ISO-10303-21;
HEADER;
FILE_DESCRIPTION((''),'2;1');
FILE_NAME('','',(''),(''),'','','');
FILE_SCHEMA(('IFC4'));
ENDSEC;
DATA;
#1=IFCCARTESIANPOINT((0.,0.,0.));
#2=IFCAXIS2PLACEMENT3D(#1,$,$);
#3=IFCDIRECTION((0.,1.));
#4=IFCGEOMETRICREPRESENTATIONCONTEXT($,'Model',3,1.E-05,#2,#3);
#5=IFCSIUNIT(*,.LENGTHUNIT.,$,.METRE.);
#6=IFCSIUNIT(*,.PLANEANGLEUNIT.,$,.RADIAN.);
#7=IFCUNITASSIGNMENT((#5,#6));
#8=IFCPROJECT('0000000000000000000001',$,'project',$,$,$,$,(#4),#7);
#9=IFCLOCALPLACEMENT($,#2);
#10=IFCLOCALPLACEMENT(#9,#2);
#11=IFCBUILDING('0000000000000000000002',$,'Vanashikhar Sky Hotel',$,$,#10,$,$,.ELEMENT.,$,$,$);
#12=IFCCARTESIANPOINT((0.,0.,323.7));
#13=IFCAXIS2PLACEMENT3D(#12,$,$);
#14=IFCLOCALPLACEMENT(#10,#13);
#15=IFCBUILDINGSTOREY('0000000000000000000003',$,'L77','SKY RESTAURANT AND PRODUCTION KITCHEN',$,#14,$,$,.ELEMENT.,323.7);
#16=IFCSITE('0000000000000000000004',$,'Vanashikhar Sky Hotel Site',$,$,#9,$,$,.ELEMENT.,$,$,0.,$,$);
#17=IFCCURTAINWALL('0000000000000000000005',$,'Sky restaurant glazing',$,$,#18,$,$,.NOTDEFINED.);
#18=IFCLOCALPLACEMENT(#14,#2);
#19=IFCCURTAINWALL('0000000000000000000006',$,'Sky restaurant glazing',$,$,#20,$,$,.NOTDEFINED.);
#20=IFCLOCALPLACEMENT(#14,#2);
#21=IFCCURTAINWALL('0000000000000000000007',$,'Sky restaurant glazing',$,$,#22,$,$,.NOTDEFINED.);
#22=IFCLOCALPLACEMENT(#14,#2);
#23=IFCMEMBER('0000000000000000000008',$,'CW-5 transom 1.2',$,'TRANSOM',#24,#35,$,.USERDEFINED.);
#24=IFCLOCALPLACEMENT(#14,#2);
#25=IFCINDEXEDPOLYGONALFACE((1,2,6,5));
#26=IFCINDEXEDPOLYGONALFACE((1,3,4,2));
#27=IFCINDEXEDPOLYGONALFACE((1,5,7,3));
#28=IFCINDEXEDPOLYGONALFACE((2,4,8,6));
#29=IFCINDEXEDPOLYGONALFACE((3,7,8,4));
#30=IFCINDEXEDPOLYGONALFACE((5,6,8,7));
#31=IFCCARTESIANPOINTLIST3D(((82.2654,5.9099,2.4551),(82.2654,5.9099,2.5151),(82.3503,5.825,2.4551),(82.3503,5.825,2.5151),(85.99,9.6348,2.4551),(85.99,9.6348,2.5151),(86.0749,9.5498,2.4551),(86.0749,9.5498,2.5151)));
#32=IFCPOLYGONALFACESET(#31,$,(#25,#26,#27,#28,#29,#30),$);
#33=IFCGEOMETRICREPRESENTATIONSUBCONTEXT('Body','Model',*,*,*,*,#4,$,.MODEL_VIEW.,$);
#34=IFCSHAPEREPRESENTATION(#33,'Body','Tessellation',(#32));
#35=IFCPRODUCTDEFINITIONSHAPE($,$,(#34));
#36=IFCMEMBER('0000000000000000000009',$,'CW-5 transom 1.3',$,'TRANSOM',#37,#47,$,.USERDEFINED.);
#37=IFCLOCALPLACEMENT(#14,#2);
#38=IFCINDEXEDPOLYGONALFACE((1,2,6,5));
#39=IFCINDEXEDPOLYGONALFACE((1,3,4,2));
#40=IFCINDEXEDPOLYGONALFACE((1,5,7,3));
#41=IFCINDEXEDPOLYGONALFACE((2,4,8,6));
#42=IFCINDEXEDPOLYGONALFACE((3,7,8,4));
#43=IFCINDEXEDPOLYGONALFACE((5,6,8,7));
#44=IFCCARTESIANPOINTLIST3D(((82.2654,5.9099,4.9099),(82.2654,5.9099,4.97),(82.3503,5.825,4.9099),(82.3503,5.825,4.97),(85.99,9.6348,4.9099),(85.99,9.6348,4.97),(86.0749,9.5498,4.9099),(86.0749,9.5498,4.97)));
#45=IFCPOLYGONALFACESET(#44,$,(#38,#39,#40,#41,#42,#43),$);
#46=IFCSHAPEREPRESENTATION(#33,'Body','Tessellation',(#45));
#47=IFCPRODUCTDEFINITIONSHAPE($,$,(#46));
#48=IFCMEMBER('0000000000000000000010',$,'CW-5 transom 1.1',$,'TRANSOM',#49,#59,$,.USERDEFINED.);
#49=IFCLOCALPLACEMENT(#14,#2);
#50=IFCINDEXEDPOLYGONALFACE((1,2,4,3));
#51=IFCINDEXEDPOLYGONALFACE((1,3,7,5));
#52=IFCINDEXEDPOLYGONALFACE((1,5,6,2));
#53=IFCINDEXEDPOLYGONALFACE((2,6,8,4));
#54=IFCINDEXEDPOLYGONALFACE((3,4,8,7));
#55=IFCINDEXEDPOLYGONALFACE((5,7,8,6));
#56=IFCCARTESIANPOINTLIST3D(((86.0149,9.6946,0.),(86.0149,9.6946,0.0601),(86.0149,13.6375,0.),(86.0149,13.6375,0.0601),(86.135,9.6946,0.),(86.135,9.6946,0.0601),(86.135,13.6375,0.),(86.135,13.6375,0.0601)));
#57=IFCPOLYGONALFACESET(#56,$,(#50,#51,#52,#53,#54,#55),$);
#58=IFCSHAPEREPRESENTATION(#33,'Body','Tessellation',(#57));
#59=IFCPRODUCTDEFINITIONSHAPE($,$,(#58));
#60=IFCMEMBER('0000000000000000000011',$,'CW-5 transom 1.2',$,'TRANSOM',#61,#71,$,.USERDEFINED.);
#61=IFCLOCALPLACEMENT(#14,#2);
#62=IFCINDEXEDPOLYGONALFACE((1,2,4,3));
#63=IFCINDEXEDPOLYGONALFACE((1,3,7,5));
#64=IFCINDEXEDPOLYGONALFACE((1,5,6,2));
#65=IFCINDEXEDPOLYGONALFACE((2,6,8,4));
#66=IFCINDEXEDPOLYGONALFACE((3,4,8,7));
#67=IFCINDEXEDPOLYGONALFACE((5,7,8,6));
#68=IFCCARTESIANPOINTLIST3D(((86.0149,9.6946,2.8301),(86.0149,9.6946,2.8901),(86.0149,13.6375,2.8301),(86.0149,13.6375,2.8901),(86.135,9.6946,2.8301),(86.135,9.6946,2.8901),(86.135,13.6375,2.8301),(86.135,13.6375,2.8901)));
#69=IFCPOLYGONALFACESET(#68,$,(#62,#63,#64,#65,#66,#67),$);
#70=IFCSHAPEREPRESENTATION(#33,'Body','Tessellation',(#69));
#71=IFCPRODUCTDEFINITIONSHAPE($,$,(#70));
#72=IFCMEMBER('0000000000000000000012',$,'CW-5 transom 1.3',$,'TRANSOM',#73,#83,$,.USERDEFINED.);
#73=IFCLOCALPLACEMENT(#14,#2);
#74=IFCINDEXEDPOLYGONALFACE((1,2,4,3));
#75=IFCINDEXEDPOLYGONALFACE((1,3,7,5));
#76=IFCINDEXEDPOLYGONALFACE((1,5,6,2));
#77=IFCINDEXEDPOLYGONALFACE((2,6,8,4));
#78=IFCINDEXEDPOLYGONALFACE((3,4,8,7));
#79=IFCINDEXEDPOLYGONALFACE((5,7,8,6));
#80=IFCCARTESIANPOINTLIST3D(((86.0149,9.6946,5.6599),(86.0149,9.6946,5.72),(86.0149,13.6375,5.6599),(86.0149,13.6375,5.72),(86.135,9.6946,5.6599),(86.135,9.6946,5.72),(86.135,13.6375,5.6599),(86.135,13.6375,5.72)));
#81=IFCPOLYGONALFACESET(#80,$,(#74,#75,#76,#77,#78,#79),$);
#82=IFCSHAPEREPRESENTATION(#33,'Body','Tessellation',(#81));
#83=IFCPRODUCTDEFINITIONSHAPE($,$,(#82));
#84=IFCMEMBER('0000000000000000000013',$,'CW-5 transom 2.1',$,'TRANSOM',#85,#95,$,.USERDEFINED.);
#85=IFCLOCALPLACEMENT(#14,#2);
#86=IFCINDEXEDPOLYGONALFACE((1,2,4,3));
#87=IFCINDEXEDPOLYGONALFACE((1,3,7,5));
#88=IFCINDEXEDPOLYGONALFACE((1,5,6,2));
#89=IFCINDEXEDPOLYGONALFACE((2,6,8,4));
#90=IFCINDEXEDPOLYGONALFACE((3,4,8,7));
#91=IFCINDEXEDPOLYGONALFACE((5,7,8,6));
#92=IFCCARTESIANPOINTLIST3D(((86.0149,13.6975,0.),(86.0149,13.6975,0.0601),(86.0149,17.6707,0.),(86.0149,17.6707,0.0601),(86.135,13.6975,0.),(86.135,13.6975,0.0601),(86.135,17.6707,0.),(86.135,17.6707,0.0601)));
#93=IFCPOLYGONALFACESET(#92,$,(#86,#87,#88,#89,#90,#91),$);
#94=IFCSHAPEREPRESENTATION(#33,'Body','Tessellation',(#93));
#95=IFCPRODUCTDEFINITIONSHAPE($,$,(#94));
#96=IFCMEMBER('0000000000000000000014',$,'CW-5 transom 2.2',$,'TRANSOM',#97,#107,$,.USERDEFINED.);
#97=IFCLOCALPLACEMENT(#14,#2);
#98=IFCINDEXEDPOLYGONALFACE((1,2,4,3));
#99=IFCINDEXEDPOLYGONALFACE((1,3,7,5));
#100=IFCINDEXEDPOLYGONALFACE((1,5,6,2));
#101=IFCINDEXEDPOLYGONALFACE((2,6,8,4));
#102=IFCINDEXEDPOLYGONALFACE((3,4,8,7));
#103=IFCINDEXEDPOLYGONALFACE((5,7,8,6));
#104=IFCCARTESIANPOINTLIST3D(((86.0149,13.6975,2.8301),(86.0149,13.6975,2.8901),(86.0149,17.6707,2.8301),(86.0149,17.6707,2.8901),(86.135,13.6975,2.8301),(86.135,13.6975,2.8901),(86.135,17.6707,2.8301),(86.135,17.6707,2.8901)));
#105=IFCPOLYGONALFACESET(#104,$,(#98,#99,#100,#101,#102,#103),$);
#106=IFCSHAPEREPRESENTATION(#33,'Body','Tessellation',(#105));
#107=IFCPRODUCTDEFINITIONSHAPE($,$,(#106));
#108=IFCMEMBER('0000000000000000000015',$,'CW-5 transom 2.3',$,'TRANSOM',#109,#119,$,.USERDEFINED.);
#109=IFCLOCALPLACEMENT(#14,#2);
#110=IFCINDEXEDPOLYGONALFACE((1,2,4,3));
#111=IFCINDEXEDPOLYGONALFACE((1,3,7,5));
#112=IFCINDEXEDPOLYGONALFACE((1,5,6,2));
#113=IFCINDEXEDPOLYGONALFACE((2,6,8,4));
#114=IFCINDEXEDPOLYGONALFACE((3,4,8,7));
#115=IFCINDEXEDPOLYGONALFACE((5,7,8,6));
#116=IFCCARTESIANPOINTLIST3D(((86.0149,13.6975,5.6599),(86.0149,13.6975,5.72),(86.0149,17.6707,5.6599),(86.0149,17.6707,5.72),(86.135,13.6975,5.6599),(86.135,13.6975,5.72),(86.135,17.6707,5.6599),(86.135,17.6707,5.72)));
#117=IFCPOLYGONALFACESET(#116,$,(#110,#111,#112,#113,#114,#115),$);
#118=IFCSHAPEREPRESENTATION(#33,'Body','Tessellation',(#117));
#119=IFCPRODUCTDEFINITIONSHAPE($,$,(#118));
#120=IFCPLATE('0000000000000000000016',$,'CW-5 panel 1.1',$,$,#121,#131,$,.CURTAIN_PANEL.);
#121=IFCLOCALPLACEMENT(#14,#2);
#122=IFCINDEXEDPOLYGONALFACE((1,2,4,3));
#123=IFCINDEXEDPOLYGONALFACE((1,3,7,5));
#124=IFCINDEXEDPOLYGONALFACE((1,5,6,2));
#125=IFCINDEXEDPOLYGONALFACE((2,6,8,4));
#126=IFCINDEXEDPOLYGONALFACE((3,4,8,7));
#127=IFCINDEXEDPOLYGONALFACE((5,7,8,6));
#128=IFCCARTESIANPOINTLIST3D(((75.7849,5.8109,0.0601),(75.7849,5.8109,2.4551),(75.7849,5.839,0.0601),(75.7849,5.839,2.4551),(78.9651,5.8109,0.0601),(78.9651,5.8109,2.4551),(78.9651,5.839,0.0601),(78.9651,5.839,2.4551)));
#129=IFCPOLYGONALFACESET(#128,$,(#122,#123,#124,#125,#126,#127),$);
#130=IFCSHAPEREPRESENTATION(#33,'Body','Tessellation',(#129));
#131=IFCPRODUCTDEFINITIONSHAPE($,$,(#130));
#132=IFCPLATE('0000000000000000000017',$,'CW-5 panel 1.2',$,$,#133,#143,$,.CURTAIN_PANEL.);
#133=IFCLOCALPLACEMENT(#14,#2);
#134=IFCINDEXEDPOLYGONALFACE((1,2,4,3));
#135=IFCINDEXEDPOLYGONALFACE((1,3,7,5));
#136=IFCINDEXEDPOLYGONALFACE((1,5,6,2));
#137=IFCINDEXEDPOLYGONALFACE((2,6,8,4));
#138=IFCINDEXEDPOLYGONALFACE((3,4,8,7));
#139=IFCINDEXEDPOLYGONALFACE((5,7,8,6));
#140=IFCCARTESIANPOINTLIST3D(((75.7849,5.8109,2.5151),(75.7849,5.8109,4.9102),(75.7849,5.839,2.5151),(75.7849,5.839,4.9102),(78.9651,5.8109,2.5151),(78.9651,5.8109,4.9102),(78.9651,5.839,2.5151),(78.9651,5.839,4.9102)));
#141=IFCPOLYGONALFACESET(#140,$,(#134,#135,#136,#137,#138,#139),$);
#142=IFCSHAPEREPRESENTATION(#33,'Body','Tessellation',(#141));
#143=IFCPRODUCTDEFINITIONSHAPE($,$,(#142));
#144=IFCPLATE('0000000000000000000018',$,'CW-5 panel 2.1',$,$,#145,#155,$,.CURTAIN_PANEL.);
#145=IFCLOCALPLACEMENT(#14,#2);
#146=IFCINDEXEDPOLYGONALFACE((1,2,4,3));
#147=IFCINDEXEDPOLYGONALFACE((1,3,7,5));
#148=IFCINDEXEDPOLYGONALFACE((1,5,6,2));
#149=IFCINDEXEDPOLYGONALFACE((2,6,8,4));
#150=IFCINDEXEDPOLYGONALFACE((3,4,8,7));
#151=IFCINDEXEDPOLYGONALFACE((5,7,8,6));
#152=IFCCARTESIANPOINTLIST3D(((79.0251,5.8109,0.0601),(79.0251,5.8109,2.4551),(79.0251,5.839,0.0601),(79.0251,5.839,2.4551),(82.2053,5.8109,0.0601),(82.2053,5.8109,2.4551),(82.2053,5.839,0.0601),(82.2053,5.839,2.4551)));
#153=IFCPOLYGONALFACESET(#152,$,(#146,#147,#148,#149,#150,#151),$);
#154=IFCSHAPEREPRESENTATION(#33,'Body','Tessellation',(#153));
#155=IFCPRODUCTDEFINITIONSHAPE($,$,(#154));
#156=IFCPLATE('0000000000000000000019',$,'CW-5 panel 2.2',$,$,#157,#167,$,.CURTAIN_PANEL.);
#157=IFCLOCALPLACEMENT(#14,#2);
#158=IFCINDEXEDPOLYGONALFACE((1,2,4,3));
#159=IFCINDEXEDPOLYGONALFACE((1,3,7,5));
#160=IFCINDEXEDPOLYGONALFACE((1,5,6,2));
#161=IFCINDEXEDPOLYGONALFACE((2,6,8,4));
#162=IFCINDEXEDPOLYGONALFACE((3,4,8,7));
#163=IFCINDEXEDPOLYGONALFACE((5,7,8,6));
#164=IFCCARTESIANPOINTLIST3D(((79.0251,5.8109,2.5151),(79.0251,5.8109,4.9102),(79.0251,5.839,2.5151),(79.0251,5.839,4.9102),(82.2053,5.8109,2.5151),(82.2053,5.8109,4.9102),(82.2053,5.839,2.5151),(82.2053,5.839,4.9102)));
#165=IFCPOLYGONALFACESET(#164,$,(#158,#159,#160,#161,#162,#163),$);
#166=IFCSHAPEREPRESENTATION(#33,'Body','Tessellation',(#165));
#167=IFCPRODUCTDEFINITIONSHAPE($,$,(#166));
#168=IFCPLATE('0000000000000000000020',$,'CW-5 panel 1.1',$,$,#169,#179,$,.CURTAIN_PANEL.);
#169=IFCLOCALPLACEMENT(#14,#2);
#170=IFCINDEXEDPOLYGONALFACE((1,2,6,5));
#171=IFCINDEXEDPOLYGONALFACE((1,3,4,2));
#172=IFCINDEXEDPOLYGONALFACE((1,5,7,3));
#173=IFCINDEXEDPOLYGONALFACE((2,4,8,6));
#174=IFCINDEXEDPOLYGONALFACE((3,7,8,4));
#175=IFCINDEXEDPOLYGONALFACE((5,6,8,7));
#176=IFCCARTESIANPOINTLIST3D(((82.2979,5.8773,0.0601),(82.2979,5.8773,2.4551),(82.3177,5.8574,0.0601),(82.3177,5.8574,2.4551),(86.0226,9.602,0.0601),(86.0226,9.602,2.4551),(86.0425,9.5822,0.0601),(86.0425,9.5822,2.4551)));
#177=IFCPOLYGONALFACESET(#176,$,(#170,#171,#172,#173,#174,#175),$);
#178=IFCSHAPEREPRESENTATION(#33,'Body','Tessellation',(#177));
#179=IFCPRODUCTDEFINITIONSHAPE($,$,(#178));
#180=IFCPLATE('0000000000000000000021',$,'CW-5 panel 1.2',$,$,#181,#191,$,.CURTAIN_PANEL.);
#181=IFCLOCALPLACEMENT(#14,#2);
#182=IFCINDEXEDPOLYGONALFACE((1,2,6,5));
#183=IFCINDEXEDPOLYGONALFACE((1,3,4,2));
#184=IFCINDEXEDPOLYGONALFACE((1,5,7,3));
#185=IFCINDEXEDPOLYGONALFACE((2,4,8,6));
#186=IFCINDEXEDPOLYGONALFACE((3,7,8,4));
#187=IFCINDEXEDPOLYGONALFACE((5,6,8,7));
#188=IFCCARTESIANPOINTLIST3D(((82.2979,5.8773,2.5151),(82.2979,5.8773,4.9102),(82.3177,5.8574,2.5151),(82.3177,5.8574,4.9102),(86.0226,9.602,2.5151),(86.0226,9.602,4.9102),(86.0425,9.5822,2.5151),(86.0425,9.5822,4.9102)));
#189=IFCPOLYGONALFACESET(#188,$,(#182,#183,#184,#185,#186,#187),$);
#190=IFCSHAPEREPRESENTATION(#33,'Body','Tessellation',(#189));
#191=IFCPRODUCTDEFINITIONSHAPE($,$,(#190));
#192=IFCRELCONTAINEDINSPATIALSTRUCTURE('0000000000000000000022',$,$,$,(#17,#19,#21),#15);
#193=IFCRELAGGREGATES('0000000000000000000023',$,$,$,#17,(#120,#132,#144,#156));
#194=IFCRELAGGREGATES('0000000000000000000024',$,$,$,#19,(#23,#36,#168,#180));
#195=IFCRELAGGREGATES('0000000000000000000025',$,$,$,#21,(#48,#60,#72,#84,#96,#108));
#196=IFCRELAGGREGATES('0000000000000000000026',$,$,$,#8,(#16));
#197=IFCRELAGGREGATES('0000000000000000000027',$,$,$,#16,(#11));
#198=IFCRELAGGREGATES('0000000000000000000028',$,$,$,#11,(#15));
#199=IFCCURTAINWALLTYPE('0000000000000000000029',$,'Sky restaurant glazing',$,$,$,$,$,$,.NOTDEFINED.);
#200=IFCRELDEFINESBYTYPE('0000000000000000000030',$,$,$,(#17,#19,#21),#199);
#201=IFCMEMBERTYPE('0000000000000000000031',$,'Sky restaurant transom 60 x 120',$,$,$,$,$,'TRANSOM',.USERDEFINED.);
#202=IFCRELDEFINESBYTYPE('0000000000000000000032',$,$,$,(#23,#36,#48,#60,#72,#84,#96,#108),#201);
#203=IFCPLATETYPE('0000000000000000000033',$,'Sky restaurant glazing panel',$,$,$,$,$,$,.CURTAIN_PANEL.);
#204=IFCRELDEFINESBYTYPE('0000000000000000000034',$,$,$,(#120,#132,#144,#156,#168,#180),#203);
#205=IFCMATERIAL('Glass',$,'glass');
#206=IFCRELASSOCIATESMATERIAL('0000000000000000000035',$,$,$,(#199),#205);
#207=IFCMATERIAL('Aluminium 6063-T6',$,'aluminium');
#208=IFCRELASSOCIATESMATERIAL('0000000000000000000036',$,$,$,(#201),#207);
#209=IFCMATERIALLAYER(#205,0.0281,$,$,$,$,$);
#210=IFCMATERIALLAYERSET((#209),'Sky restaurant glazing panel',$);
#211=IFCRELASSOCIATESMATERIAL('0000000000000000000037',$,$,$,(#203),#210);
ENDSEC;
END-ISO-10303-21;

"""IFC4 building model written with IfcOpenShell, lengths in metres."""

from ifc_helpers import new_model, si_unit, direction, frame, origin, origin_2d, place, context, subcontext, project, spatial, rectangle, extrude, source, transform, mapped, material, layer, layer_set, material_profile, profile_set, type_object, element, aggregate, save


model = new_model("IFC4")

# Units and contexts
model_context = context("Model", 3, precision=1e-05, world=origin(), true_north=direction((0.0, 1.0)))
body_context = subcontext(model_context, "Body", "Model", "MODEL_VIEW")
ifc_project = project(units=[si_unit("LENGTHUNIT", "METRE"), si_unit("PLANEANGLEUNIT", "RADIAN")], contexts=[model_context])

# Site, building, storey
site_placement = place(None, origin())
site = spatial("IfcSite", under=ifc_project, at=site_placement, Name="Vanashikhar Sky Hotel Site", CompositionType="ELEMENT", RefElevation=0.0)
building_placement = place(site_placement, origin())
building = spatial("IfcBuilding", under=site, at=building_placement, Name="Vanashikhar Sky Hotel", CompositionType="ELEMENT")
storey_placement = place(building_placement, frame((0.0, 0.0, 323.7)))
storey = spatial("IfcBuildingStorey", under=building, at=storey_placement, Name="L77", Description="SKY RESTAURANT AND PRODUCTION KITCHEN", CompositionType="ELEMENT", Elevation=323.7)

# Curtain walls
ifc_material_1 = material(Name="Glass", Category="glass")
curtain_wall_type = type_object("IfcCurtainWallType", Name="Sky restaurant glazing", PredefinedType="NOTDEFINED", material=ifc_material_1)
curtain_wall_1_placement = place(storey_placement, origin())
curtain_wall_1 = element("IfcCurtainWall", 1, at=curtain_wall_1_placement, inside=storey, type_object=curtain_wall_type, Name="Sky restaurant glazing", PredefinedType="NOTDEFINED")
ifc_material_2 = material(Name="Aluminium 6063-T6", Category="aluminium")
curtain_wall_2_placement = place(storey_placement, origin())
curtain_wall_2 = element("IfcCurtainWall", 2, at=curtain_wall_2_placement, inside=storey, type_object=curtain_wall_type, Name="Sky restaurant glazing", PredefinedType="NOTDEFINED")

# Shared definitions
ifc_material_profile_1 = material_profile(ifc_material_2, rectangle(XDim=0.1201, YDim=0.0601, at=origin_2d()))
ifc_profile_set_1 = profile_set([ifc_material_profile_1], Name="Aluminium 6063-T6")
member_type_1 = type_object("IfcMemberType", Name="Sky restaurant transom 60 x 120", ElementType="TRANSOM", PredefinedType="USERDEFINED", material=ifc_profile_set_1)

# Curtain wall
curtain_wall_3_placement = place(storey_placement, origin())
curtain_wall_3 = element("IfcCurtainWall", 3, at=curtain_wall_3_placement, inside=storey, type_object=curtain_wall_type, Name="Sky restaurant glazing", PredefinedType="NOTDEFINED")

# Members
shared_shape_1 = source(origin(), body_context, "Body", "SweptSolid", [
    extrude(rectangle(XDim=0.1201, YDim=0.0601, at=origin_2d()), origin(), (0.0, 0.0, 1.0), 5.2676),
])
member_1_placement = place(storey_placement, frame((82.3079, 5.8674, 2.4851), z_axis=(0.707084, 0.70713, 0.0), x_axis=(-0.70713, 0.707084, 0.0)))
member_1 = element("IfcMember", 4, at=member_1_placement, type_object=member_type_1, Name="CW-5 transom 1.2", ObjectType="TRANSOM", PredefinedType="USERDEFINED", context=body_context, shape_type="MappedRepresentation", body=[
    mapped(shared_shape_1, transform((0.0, 0.0, 0.0), scale=1.0)),
])
member_2_placement = place(storey_placement, frame((82.3079, 5.8674, 4.9399), z_axis=(0.707084, 0.70713, 0.0), x_axis=(-0.70713, 0.707084, 0.0)))
member_2 = element("IfcMember", 5, at=member_2_placement, type_object=member_type_1, Name="CW-5 transom 1.3", ObjectType="TRANSOM", PredefinedType="USERDEFINED", context=body_context, shape_type="MappedRepresentation", body=[
    mapped(shared_shape_1, transform((0.0, 0.0, 0.0), scale=1.0)),
])
shared_shape_2 = source(origin(), body_context, "Body", "SweptSolid", [
    extrude(rectangle(XDim=0.1201, YDim=0.0601, at=origin_2d()), origin(), (0.0, 0.0, 1.0), 3.9429),
])
member_3_placement = place(storey_placement, frame((86.075, 9.6946, 0.03), z_axis=(0.0, 1.0, 0.0), x_axis=(-1.0, 0.0, 0.0)))
member_3 = element("IfcMember", 6, at=member_3_placement, type_object=member_type_1, Name="CW-5 transom 1.1", ObjectType="TRANSOM", PredefinedType="USERDEFINED", context=body_context, shape_type="MappedRepresentation", body=[
    mapped(shared_shape_2, transform((0.0, 0.0, 0.0), scale=1.0)),
])
member_4_placement = place(storey_placement, frame((86.075, 9.6946, 2.8601), z_axis=(0.0, 1.0, 0.0), x_axis=(-1.0, 0.0, 0.0)))
member_4 = element("IfcMember", 7, at=member_4_placement, type_object=member_type_1, Name="CW-5 transom 1.2", ObjectType="TRANSOM", PredefinedType="USERDEFINED", context=body_context, shape_type="MappedRepresentation", body=[
    mapped(shared_shape_2, transform((0.0, 0.0, 0.0), scale=1.0)),
])
member_5_placement = place(storey_placement, frame((86.075, 9.6946, 5.6899), z_axis=(0.0, 1.0, 0.0), x_axis=(-1.0, 0.0, 0.0)))
member_5 = element("IfcMember", 8, at=member_5_placement, type_object=member_type_1, Name="CW-5 transom 1.3", ObjectType="TRANSOM", PredefinedType="USERDEFINED", context=body_context, shape_type="MappedRepresentation", body=[
    mapped(shared_shape_2, transform((0.0, 0.0, 0.0), scale=1.0)),
])
shared_shape_3 = source(origin(), body_context, "Body", "SweptSolid", [
    extrude(rectangle(XDim=0.1201, YDim=0.0601, at=origin_2d()), origin(), (0.0, 0.0, 1.0), 3.9731),
])
member_6_placement = place(storey_placement, frame((86.075, 13.6975, 0.03), z_axis=(0.0, 1.0, 0.0), x_axis=(-1.0, 0.0, 0.0)))
member_6 = element("IfcMember", 9, at=member_6_placement, type_object=member_type_1, Name="CW-5 transom 2.1", ObjectType="TRANSOM", PredefinedType="USERDEFINED", context=body_context, shape_type="MappedRepresentation", body=[
    mapped(shared_shape_3, transform((0.0, 0.0, 0.0), scale=1.0)),
])
member_7_placement = place(storey_placement, frame((86.075, 13.6975, 2.8601), z_axis=(0.0, 1.0, 0.0), x_axis=(-1.0, 0.0, 0.0)))
member_7 = element("IfcMember", 10, at=member_7_placement, type_object=member_type_1, Name="CW-5 transom 2.2", ObjectType="TRANSOM", PredefinedType="USERDEFINED", context=body_context, shape_type="MappedRepresentation", body=[
    mapped(shared_shape_3, transform((0.0, 0.0, 0.0), scale=1.0)),
])
member_8_placement = place(storey_placement, frame((86.075, 13.6975, 5.6899), z_axis=(0.0, 1.0, 0.0), x_axis=(-1.0, 0.0, 0.0)))
member_8 = element("IfcMember", 11, at=member_8_placement, type_object=member_type_1, Name="CW-5 transom 2.3", ObjectType="TRANSOM", PredefinedType="USERDEFINED", context=body_context, shape_type="MappedRepresentation", body=[
    mapped(shared_shape_3, transform((0.0, 0.0, 0.0), scale=1.0)),
])

# Plates
ifc_layer_1 = layer(ifc_material_1, 0.0281)
ifc_layer_set_1 = layer_set([ifc_layer_1], Name="Sky restaurant glazing panel")
plate_type = type_object("IfcPlateType", Name="Sky restaurant glazing panel", PredefinedType="CURTAIN_PANEL", material=ifc_layer_set_1)
shared_shape_4 = source(origin(), body_context, "Body", "SweptSolid", [
    extrude(rectangle(XDim=3.1802, YDim=0.0281, at=origin_2d()), origin(), (0.0, 0.0, 1.0), 2.395),
])
plate_1_placement = place(storey_placement, frame((77.375, 5.825, 0.0601), z_axis=(0.0, 0.0, 1.0), x_axis=(1.0, 0.0, 0.0)))
plate_1 = element("IfcPlate", 12, at=plate_1_placement, type_object=plate_type, Name="CW-5 panel 1.1", PredefinedType="CURTAIN_PANEL", context=body_context, shape_type="MappedRepresentation", body=[
    mapped(shared_shape_4, transform((0.0, 0.0, 0.0), scale=1.0)),
])
plate_2_placement = place(storey_placement, frame((77.375, 5.825, 2.5151), z_axis=(0.0, 0.0, 1.0), x_axis=(1.0, 0.0, 0.0)))
plate_2 = element("IfcPlate", 13, at=plate_2_placement, type_object=plate_type, Name="CW-5 panel 1.2", PredefinedType="CURTAIN_PANEL", context=body_context, shape_type="MappedRepresentation", body=[
    mapped(shared_shape_4, transform((0.0, 0.0, 0.0), scale=1.0)),
])
plate_3_placement = place(storey_placement, frame((80.6152, 5.825, 0.0601), z_axis=(0.0, 0.0, 1.0), x_axis=(1.0, 0.0, 0.0)))
plate_3 = element("IfcPlate", 14, at=plate_3_placement, type_object=plate_type, Name="CW-5 panel 2.1", PredefinedType="CURTAIN_PANEL", context=body_context, shape_type="MappedRepresentation", body=[
    mapped(shared_shape_4, transform((0.0, 0.0, 0.0), scale=1.0)),
])
plate_4_placement = place(storey_placement, frame((80.6152, 5.825, 2.5151), z_axis=(0.0, 0.0, 1.0), x_axis=(1.0, 0.0, 0.0)))
plate_4 = element("IfcPlate", 15, at=plate_4_placement, type_object=plate_type, Name="CW-5 panel 2.2", PredefinedType="CURTAIN_PANEL", context=body_context, shape_type="MappedRepresentation", body=[
    mapped(shared_shape_4, transform((0.0, 0.0, 0.0), scale=1.0)),
])
aggregate(curtain_wall_1, [plate_1, plate_2, plate_3, plate_4])
shared_shape_5 = source(origin(), body_context, "Body", "SweptSolid", [
    extrude(rectangle(XDim=5.2676, YDim=0.0281, at=origin_2d()), origin(), (0.0, 0.0, 1.0), 2.395),
])
plate_5_placement = place(storey_placement, frame((84.1702, 7.7297, 0.0601), z_axis=(0.0, 0.0, 1.0), x_axis=(0.707107, 0.707107, 0.0)))
plate_5 = element("IfcPlate", 16, at=plate_5_placement, type_object=plate_type, Name="CW-5 panel 1.1", PredefinedType="CURTAIN_PANEL", context=body_context, shape_type="MappedRepresentation", body=[
    mapped(shared_shape_5, transform((0.0, 0.0, 0.0), scale=1.0)),
])
plate_6_placement = place(storey_placement, frame((84.1702, 7.7297, 2.5151), z_axis=(0.0, 0.0, 1.0), x_axis=(0.707107, 0.707107, 0.0)))
plate_6 = element("IfcPlate", 17, at=plate_6_placement, type_object=plate_type, Name="CW-5 panel 1.2", PredefinedType="CURTAIN_PANEL", context=body_context, shape_type="MappedRepresentation", body=[
    mapped(shared_shape_5, transform((0.0, 0.0, 0.0), scale=1.0)),
])
aggregate(curtain_wall_2, [member_1, member_2, plate_5, plate_6])
aggregate(curtain_wall_3, [member_3, member_4, member_5, member_6, member_7, member_8])

save(model, "model.ifc")
